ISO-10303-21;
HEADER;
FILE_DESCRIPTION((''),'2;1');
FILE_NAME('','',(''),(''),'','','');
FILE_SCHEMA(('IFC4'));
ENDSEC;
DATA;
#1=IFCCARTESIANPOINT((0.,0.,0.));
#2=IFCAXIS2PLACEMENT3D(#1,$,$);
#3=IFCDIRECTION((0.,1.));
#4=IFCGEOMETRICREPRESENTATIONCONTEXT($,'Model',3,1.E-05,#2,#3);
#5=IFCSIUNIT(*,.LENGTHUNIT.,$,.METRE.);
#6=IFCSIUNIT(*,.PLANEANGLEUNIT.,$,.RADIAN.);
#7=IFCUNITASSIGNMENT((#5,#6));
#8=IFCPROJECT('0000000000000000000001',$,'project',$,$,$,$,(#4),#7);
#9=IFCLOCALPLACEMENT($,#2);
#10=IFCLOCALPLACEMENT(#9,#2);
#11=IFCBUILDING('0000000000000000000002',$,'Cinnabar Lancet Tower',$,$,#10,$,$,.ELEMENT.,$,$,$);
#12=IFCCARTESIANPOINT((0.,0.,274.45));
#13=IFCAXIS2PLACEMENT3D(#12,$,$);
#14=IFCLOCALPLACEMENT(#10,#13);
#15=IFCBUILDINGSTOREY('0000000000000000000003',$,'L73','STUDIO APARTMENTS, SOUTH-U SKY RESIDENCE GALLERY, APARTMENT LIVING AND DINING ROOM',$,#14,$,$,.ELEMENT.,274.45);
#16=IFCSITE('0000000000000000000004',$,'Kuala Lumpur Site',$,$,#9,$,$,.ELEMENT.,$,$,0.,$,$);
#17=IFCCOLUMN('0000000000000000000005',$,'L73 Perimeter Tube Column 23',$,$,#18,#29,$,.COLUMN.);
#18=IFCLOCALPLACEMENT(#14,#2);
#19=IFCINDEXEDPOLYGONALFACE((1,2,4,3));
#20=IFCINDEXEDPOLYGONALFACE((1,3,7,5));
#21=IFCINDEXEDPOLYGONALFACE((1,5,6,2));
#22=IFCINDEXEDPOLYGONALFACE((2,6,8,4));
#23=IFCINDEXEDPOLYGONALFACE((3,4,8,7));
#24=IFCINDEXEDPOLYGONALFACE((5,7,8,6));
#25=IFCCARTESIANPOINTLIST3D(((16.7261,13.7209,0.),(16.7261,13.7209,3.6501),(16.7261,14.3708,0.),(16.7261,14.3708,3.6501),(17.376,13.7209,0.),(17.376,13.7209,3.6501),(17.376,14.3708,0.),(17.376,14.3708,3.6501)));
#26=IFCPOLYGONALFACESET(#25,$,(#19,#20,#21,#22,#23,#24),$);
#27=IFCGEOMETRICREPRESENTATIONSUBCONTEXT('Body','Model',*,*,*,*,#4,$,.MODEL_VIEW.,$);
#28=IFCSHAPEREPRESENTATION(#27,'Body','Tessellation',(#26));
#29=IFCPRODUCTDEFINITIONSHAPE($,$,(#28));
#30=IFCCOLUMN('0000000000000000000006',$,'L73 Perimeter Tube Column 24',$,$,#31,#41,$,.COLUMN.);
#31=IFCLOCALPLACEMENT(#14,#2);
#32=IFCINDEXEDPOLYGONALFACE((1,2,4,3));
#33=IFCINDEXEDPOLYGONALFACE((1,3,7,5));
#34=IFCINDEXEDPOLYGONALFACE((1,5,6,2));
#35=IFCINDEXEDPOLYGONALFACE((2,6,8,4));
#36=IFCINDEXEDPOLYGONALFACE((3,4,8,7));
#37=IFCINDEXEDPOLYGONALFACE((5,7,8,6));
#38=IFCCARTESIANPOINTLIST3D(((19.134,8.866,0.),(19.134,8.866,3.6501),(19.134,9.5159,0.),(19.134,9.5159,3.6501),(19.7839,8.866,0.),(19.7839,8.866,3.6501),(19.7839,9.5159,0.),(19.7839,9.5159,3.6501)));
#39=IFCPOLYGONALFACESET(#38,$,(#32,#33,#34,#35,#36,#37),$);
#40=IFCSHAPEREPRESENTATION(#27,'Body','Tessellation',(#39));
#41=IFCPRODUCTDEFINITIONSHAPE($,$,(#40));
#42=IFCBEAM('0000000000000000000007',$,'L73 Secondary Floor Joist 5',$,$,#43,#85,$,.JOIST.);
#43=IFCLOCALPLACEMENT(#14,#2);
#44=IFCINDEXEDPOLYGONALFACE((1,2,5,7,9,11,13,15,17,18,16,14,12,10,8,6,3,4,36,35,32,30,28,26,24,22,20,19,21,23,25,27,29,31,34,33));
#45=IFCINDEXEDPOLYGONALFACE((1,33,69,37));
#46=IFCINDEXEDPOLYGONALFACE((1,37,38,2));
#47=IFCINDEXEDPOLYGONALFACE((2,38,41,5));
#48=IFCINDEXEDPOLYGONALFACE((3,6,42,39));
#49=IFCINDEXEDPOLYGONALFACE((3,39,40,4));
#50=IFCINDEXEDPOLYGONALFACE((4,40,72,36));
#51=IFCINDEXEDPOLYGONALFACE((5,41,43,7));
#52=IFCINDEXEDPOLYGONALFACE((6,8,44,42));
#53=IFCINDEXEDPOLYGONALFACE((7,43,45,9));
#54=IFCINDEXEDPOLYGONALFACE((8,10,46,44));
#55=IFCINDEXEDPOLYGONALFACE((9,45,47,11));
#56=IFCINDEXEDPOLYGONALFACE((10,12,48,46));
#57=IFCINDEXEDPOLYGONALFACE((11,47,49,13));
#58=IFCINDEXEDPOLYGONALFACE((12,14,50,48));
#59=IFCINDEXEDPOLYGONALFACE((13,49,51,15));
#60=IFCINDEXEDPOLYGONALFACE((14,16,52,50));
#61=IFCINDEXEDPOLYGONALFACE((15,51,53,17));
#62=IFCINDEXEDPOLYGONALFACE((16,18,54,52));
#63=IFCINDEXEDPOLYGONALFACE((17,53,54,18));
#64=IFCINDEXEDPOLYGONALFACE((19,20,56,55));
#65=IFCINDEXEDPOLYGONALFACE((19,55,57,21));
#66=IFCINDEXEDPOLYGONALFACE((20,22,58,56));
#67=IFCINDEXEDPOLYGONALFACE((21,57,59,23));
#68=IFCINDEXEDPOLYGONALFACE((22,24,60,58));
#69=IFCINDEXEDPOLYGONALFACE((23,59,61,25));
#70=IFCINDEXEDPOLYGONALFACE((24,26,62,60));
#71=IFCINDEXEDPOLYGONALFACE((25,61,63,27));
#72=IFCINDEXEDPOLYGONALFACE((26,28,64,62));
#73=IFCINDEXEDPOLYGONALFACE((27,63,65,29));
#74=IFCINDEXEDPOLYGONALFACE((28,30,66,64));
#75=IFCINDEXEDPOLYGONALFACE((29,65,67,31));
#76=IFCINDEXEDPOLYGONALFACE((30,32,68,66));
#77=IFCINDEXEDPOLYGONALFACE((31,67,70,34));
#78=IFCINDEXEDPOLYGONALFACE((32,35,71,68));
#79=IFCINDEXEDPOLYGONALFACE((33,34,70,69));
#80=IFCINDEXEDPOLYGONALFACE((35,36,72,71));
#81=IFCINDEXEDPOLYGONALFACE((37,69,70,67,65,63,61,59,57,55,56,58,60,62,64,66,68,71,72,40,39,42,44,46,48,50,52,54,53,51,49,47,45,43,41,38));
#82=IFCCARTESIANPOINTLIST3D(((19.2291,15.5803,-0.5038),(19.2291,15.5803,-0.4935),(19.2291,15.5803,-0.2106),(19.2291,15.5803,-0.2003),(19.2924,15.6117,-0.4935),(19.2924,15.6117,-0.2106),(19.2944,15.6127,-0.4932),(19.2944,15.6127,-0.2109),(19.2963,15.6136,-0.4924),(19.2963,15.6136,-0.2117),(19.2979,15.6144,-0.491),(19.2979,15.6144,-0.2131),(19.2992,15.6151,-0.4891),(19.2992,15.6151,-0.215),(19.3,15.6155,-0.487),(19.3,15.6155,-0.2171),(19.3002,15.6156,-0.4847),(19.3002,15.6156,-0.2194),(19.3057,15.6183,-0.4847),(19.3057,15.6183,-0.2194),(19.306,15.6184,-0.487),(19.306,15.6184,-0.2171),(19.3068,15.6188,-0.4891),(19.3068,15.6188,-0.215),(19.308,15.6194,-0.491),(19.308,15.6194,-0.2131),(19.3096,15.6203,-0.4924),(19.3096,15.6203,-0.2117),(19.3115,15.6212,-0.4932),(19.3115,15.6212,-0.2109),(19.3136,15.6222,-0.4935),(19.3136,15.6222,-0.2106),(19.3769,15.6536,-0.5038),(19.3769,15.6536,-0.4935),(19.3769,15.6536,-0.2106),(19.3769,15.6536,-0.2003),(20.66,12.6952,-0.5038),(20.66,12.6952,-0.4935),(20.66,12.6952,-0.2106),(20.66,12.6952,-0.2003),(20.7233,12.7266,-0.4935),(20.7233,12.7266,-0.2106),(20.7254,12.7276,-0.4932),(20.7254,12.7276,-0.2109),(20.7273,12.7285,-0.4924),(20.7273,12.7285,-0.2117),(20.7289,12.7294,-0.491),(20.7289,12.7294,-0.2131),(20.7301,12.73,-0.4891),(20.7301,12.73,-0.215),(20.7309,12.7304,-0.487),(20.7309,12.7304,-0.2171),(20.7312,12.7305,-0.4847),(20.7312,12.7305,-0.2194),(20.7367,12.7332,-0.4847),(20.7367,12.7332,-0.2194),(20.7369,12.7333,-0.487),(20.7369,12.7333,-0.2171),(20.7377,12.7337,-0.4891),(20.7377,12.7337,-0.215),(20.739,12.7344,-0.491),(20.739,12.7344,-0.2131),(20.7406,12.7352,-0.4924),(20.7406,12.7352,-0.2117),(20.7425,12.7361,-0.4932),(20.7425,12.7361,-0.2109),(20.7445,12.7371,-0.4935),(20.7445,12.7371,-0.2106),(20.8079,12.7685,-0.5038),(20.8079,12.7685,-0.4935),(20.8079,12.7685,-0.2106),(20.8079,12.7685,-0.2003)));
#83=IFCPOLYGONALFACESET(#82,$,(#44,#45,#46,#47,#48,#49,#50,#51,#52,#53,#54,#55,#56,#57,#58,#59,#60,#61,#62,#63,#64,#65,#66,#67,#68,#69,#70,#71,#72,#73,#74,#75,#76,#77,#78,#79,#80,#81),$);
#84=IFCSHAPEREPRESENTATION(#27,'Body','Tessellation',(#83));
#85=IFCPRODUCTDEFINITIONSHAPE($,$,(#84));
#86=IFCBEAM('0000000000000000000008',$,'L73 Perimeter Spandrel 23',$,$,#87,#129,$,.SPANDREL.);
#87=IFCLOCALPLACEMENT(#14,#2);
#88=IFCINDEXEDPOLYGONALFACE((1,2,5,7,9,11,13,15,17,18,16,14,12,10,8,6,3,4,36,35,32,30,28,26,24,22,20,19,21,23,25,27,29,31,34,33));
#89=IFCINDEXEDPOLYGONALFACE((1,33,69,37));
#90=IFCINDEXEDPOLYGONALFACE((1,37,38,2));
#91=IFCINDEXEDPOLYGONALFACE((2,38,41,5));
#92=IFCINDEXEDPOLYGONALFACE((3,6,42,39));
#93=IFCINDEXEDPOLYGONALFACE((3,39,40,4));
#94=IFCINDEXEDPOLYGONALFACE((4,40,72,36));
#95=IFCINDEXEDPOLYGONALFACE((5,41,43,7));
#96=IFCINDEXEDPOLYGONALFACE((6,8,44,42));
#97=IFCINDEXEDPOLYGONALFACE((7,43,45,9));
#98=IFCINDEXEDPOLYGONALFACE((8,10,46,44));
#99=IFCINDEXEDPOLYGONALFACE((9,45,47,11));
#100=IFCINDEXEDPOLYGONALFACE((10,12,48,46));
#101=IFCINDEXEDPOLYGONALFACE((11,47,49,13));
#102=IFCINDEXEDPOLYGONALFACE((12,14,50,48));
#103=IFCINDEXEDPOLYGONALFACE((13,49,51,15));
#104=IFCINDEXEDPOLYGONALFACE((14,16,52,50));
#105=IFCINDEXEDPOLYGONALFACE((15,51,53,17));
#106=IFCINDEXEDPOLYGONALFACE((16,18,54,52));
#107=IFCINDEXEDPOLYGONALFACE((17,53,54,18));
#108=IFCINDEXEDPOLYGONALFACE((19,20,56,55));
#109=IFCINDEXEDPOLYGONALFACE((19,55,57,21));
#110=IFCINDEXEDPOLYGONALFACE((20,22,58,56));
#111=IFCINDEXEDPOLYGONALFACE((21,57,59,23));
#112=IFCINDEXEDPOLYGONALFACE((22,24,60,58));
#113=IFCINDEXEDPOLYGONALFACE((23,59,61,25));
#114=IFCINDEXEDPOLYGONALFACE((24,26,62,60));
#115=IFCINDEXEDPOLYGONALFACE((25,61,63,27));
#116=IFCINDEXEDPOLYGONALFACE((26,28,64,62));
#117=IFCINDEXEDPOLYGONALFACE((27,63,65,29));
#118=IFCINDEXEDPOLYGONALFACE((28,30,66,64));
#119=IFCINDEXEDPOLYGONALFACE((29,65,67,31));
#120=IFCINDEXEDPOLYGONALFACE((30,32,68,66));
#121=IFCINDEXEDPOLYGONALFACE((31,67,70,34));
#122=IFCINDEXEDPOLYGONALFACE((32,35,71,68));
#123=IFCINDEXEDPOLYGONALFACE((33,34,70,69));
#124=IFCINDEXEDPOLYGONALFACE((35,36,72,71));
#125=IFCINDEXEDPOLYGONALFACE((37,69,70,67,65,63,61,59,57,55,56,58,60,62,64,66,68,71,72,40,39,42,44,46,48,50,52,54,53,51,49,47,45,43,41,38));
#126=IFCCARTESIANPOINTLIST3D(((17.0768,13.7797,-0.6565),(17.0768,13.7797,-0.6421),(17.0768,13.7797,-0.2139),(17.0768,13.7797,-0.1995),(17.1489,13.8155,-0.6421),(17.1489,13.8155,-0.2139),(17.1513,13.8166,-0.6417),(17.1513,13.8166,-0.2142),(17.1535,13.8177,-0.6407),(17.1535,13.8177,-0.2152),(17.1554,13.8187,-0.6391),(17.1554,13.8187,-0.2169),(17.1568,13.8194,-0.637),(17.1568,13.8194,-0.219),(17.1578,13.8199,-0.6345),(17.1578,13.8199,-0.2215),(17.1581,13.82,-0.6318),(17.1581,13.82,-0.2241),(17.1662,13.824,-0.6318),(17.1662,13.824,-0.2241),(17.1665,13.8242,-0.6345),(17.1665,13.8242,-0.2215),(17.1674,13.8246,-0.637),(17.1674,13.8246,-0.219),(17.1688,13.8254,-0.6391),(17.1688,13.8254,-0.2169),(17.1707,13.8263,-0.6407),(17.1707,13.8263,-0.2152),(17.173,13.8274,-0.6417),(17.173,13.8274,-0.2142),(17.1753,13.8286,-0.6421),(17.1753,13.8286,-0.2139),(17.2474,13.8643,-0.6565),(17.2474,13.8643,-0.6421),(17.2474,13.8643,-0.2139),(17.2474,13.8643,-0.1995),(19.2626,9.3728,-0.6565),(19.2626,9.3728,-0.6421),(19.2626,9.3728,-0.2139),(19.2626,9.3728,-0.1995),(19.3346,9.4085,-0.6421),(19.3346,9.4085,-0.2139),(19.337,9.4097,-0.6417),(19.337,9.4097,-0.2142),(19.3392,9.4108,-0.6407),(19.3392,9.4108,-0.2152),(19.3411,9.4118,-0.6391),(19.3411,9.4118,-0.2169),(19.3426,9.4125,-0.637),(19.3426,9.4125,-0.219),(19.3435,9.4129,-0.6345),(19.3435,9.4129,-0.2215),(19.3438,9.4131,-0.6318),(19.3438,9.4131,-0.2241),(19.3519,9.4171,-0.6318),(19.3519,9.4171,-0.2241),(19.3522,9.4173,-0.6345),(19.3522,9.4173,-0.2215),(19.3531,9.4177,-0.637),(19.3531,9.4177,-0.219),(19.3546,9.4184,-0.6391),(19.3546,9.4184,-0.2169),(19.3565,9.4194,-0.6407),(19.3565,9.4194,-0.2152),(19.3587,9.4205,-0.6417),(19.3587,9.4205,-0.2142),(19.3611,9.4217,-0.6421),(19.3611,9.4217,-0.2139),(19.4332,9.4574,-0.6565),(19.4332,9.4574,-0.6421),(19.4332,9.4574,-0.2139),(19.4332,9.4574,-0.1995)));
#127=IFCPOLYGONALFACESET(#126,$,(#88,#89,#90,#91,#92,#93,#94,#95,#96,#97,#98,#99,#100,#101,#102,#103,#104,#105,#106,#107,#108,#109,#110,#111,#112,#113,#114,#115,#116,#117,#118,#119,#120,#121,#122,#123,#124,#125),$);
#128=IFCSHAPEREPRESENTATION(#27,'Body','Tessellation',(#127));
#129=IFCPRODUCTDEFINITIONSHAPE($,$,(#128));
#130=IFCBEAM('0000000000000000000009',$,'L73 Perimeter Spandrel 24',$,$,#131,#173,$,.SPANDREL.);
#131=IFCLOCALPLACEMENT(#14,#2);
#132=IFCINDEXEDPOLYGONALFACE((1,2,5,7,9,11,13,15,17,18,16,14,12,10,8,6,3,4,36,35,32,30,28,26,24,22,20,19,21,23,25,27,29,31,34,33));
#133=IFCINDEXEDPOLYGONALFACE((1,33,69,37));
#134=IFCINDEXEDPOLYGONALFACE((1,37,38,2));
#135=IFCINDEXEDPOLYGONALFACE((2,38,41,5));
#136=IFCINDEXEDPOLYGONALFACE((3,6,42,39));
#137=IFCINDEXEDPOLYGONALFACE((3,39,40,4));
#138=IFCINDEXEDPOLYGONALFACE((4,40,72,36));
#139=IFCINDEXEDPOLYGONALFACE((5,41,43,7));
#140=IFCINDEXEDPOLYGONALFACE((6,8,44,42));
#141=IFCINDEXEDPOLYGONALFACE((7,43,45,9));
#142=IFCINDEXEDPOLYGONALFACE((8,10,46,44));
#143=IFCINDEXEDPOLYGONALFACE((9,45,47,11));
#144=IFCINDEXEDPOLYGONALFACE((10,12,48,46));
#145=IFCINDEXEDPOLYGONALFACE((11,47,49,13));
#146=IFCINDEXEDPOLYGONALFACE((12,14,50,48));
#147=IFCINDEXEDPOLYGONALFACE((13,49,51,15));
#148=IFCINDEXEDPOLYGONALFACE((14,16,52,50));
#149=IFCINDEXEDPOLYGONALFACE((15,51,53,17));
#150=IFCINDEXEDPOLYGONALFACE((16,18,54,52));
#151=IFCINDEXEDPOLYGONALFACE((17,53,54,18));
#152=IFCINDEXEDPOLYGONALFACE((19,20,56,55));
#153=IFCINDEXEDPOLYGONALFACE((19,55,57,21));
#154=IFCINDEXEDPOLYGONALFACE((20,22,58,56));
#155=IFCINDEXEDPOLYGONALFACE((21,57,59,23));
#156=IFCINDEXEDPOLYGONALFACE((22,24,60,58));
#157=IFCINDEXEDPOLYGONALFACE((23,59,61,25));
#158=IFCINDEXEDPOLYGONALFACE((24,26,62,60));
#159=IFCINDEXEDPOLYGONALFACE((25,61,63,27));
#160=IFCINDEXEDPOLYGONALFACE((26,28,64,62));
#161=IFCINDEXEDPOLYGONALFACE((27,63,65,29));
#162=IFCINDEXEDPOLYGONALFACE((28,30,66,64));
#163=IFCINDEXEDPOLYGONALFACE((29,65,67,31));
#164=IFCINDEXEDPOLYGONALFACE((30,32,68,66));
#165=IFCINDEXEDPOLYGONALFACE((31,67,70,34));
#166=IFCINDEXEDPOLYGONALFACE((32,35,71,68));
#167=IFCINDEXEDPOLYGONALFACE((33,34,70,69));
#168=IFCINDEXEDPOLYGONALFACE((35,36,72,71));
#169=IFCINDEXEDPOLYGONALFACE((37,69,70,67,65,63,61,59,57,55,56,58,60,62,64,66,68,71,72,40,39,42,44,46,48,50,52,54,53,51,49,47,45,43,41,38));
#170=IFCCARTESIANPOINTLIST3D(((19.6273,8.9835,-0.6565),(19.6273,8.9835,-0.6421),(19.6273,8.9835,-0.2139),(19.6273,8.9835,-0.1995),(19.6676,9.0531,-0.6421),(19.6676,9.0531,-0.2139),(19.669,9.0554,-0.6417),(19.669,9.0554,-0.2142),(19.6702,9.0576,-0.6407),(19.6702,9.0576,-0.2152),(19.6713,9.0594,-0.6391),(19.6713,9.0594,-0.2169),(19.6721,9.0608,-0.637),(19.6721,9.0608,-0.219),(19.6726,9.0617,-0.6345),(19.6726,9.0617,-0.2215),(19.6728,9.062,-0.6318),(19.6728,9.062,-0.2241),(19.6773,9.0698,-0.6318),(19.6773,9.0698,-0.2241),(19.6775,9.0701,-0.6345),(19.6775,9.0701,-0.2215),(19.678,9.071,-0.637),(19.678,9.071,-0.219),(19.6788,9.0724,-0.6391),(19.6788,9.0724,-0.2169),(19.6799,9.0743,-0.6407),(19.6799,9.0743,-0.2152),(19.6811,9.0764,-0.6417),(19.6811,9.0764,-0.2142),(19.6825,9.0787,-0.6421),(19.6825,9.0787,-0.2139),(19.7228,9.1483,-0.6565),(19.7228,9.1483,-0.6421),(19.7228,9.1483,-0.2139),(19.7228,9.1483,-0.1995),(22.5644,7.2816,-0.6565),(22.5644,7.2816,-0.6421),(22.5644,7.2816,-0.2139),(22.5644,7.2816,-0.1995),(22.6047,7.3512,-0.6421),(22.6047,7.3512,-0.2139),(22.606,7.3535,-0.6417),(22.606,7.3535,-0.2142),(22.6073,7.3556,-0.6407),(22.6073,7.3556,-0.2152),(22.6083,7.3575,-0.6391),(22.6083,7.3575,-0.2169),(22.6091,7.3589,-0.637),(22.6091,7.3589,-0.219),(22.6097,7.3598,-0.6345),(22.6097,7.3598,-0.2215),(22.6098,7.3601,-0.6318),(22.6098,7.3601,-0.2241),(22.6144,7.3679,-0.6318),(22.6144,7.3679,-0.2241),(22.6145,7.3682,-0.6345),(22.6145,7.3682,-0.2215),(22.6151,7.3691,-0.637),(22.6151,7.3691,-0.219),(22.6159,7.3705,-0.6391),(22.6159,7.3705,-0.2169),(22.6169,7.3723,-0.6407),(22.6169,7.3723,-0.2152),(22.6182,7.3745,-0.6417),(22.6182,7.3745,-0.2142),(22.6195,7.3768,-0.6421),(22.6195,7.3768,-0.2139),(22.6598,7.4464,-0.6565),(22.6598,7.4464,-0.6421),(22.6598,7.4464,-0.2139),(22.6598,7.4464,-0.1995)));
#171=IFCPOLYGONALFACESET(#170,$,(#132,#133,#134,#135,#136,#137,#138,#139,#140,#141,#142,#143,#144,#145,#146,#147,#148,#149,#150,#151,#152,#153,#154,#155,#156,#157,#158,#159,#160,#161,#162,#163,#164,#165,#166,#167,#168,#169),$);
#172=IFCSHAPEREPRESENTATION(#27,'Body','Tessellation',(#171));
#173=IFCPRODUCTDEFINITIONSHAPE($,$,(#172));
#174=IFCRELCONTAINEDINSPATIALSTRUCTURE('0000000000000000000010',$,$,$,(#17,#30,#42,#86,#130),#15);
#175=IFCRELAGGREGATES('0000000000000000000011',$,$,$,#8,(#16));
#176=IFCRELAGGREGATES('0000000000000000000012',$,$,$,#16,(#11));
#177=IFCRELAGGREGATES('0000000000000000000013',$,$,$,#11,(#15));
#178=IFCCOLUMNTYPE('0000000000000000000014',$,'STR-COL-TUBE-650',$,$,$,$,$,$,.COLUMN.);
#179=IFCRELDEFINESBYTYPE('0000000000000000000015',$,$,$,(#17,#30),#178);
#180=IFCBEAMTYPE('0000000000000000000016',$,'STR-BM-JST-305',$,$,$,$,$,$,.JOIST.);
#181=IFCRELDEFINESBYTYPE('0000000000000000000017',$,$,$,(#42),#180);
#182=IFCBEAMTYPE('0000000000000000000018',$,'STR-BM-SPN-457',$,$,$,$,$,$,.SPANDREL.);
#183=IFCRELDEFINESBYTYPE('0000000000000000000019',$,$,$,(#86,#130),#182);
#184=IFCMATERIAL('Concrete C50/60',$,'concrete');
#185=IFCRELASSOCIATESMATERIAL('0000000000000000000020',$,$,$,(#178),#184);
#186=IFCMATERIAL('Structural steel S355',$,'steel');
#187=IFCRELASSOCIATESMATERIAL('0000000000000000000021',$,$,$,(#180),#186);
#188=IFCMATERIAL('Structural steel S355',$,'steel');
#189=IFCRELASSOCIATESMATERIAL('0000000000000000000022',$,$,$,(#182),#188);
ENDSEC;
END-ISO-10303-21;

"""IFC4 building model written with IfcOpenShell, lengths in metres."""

from ifc_helpers import new_model, si_unit, direction, frame, origin, origin_2d, place, context, subcontext, project, spatial, rectangle, i_section, extrude, material, material_profile, profile_set, type_object, element, save


model = new_model("IFC4")

# Units and contexts
model_context = context("Model", 3, precision=1e-05, world=origin(), true_north=direction((0.0, 1.0)))
body_context = subcontext(model_context, "Body", "Model", "MODEL_VIEW")
ifc_project = project(units=[si_unit("LENGTHUNIT", "METRE"), si_unit("PLANEANGLEUNIT", "RADIAN")], contexts=[model_context])

# Site, building, storey
site_placement = place(None, origin())
site = spatial("IfcSite", under=ifc_project, at=site_placement, Name="Kuala Lumpur Site", CompositionType="ELEMENT", RefElevation=0.0)
building_placement = place(site_placement, origin())
building = spatial("IfcBuilding", under=site, at=building_placement, Name="Cinnabar Lancet Tower", CompositionType="ELEMENT")
storey_placement = place(building_placement, frame((0.0, 0.0, 274.45)))
storey = spatial("IfcBuildingStorey", under=building, at=storey_placement, Name="L73", Description="STUDIO APARTMENTS, SOUTH-U SKY RESIDENCE GALLERY, APARTMENT LIVING AND DINING ROOM", CompositionType="ELEMENT", Elevation=274.45)

# Columns
ifc_material_1 = material(Name="Concrete C50/60", Category="concrete")
ifc_material_profile_1 = material_profile(ifc_material_1, rectangle(XDim=0.6499, YDim=0.6499, at=origin_2d()), Name="RC-COL 650x650")
ifc_profile_set_1 = profile_set([ifc_material_profile_1], Name="Concrete C50/60")
column_type = type_object("IfcColumnType", Name="STR-COL-TUBE-650", PredefinedType="COLUMN", material=ifc_profile_set_1)
for number, where, z_axis, x_axis, name in (
    (1, (17.051, 14.0459, 0.0), (0.0, 0.0, 1.0), (1.0, 0.0, 0.0), "L73 Perimeter Tube Column 23"),
    (2, (19.459, 9.1909, 0.0), (0.0, 0.0, 1.0), (1.0, 0.0, 0.0), "L73 Perimeter Tube Column 24"),
):
    element("IfcColumn", number, at=place(storey_placement, frame(where, z_axis=z_axis, x_axis=x_axis)), inside=storey, type_object=column_type, Name=name, PredefinedType="COLUMN", context=body_context, shape_type="SweptSolid", body=[
        extrude(rectangle(XDim=0.6499, YDim=0.6499, at=origin_2d()), origin(), (0.0, 0.0, 1.0), 3.6501),
    ])

# Beams
ifc_material_2 = material(Name="Structural steel S355", Category="steel")
ifc_material_profile_2 = material_profile(ifc_material_2, i_section(OverallWidth=0.165, OverallDepth=0.3035, WebThickness=0.0061, FlangeThickness=0.0103, FilletRadius=0.0088, at=origin_2d()), Name="UKB 305x165x40")
ifc_profile_set_2 = profile_set([ifc_material_profile_2], Name="Structural steel S355")
beam_type_1 = type_object("IfcBeamType", Name="STR-BM-JST-305", PredefinedType="JOIST", material=ifc_profile_set_2)
beam_1_placement = place(storey_placement, frame((19.303, 15.6169, -0.3521), z_axis=(0.44433, -0.895863, 0.0), x_axis=(0.895863, 0.44433, 0.0)))
element("IfcBeam", 3, at=beam_1_placement, inside=storey, type_object=beam_type_1, Name="L73 Secondary Floor Joist 5", PredefinedType="JOIST", context=body_context, shape_type="SweptSolid", body=[
    extrude(i_section(OverallWidth=0.165, OverallDepth=0.3035, WebThickness=0.0061, FlangeThickness=0.0103, FilletRadius=0.0088, at=origin_2d()), origin(), (0.0, 0.0, 1.0), 3.2205),
])
ifc_material_3 = material(Name="Structural steel S355", Category="steel")
ifc_material_profile_3 = material_profile(ifc_material_3, i_section(OverallWidth=0.1904, OverallDepth=0.457, WebThickness=0.009, FlangeThickness=0.0144, FilletRadius=0.0103, at=origin_2d()), Name="UKB 457x191x74")
ifc_profile_set_3 = profile_set([ifc_material_profile_3], Name="Structural steel S355")
beam_type_2 = type_object("IfcBeamType", Name="STR-BM-SPN-457", PredefinedType="SPANDREL", material=ifc_profile_set_3)
beam_2_placement = place(storey_placement, frame((17.1621, 13.822, -0.428), z_axis=(0.444333, -0.895862, 0.0), x_axis=(0.895862, 0.444333, 0.0)))
element("IfcBeam", 4, at=beam_2_placement, inside=storey, type_object=beam_type_2, Name="L73 Perimeter Spandrel 23", PredefinedType="SPANDREL", context=body_context, shape_type="SweptSolid", body=[
    extrude(i_section(OverallWidth=0.1904, OverallDepth=0.457, WebThickness=0.009, FlangeThickness=0.0144, FilletRadius=0.0103, at=origin_2d()), origin(), (0.0, 0.0, 1.0), 4.9192),
])
beam_3_placement = place(storey_placement, frame((19.675, 9.0659, -0.428), z_axis=(0.865231, -0.501374, 0.0), x_axis=(0.501374, 0.865231, 0.0)))
element("IfcBeam", 5, at=beam_3_placement, inside=storey, type_object=beam_type_2, Name="L73 Perimeter Spandrel 24", PredefinedType="SPANDREL", context=body_context, shape_type="SweptSolid", body=[
    extrude(i_section(OverallWidth=0.1904, OverallDepth=0.457, WebThickness=0.009, FlangeThickness=0.0144, FilletRadius=0.0103, at=origin_2d()), origin(), (0.0, 0.0, 1.0), 3.3945),
])

save(model, "model.ifc")
